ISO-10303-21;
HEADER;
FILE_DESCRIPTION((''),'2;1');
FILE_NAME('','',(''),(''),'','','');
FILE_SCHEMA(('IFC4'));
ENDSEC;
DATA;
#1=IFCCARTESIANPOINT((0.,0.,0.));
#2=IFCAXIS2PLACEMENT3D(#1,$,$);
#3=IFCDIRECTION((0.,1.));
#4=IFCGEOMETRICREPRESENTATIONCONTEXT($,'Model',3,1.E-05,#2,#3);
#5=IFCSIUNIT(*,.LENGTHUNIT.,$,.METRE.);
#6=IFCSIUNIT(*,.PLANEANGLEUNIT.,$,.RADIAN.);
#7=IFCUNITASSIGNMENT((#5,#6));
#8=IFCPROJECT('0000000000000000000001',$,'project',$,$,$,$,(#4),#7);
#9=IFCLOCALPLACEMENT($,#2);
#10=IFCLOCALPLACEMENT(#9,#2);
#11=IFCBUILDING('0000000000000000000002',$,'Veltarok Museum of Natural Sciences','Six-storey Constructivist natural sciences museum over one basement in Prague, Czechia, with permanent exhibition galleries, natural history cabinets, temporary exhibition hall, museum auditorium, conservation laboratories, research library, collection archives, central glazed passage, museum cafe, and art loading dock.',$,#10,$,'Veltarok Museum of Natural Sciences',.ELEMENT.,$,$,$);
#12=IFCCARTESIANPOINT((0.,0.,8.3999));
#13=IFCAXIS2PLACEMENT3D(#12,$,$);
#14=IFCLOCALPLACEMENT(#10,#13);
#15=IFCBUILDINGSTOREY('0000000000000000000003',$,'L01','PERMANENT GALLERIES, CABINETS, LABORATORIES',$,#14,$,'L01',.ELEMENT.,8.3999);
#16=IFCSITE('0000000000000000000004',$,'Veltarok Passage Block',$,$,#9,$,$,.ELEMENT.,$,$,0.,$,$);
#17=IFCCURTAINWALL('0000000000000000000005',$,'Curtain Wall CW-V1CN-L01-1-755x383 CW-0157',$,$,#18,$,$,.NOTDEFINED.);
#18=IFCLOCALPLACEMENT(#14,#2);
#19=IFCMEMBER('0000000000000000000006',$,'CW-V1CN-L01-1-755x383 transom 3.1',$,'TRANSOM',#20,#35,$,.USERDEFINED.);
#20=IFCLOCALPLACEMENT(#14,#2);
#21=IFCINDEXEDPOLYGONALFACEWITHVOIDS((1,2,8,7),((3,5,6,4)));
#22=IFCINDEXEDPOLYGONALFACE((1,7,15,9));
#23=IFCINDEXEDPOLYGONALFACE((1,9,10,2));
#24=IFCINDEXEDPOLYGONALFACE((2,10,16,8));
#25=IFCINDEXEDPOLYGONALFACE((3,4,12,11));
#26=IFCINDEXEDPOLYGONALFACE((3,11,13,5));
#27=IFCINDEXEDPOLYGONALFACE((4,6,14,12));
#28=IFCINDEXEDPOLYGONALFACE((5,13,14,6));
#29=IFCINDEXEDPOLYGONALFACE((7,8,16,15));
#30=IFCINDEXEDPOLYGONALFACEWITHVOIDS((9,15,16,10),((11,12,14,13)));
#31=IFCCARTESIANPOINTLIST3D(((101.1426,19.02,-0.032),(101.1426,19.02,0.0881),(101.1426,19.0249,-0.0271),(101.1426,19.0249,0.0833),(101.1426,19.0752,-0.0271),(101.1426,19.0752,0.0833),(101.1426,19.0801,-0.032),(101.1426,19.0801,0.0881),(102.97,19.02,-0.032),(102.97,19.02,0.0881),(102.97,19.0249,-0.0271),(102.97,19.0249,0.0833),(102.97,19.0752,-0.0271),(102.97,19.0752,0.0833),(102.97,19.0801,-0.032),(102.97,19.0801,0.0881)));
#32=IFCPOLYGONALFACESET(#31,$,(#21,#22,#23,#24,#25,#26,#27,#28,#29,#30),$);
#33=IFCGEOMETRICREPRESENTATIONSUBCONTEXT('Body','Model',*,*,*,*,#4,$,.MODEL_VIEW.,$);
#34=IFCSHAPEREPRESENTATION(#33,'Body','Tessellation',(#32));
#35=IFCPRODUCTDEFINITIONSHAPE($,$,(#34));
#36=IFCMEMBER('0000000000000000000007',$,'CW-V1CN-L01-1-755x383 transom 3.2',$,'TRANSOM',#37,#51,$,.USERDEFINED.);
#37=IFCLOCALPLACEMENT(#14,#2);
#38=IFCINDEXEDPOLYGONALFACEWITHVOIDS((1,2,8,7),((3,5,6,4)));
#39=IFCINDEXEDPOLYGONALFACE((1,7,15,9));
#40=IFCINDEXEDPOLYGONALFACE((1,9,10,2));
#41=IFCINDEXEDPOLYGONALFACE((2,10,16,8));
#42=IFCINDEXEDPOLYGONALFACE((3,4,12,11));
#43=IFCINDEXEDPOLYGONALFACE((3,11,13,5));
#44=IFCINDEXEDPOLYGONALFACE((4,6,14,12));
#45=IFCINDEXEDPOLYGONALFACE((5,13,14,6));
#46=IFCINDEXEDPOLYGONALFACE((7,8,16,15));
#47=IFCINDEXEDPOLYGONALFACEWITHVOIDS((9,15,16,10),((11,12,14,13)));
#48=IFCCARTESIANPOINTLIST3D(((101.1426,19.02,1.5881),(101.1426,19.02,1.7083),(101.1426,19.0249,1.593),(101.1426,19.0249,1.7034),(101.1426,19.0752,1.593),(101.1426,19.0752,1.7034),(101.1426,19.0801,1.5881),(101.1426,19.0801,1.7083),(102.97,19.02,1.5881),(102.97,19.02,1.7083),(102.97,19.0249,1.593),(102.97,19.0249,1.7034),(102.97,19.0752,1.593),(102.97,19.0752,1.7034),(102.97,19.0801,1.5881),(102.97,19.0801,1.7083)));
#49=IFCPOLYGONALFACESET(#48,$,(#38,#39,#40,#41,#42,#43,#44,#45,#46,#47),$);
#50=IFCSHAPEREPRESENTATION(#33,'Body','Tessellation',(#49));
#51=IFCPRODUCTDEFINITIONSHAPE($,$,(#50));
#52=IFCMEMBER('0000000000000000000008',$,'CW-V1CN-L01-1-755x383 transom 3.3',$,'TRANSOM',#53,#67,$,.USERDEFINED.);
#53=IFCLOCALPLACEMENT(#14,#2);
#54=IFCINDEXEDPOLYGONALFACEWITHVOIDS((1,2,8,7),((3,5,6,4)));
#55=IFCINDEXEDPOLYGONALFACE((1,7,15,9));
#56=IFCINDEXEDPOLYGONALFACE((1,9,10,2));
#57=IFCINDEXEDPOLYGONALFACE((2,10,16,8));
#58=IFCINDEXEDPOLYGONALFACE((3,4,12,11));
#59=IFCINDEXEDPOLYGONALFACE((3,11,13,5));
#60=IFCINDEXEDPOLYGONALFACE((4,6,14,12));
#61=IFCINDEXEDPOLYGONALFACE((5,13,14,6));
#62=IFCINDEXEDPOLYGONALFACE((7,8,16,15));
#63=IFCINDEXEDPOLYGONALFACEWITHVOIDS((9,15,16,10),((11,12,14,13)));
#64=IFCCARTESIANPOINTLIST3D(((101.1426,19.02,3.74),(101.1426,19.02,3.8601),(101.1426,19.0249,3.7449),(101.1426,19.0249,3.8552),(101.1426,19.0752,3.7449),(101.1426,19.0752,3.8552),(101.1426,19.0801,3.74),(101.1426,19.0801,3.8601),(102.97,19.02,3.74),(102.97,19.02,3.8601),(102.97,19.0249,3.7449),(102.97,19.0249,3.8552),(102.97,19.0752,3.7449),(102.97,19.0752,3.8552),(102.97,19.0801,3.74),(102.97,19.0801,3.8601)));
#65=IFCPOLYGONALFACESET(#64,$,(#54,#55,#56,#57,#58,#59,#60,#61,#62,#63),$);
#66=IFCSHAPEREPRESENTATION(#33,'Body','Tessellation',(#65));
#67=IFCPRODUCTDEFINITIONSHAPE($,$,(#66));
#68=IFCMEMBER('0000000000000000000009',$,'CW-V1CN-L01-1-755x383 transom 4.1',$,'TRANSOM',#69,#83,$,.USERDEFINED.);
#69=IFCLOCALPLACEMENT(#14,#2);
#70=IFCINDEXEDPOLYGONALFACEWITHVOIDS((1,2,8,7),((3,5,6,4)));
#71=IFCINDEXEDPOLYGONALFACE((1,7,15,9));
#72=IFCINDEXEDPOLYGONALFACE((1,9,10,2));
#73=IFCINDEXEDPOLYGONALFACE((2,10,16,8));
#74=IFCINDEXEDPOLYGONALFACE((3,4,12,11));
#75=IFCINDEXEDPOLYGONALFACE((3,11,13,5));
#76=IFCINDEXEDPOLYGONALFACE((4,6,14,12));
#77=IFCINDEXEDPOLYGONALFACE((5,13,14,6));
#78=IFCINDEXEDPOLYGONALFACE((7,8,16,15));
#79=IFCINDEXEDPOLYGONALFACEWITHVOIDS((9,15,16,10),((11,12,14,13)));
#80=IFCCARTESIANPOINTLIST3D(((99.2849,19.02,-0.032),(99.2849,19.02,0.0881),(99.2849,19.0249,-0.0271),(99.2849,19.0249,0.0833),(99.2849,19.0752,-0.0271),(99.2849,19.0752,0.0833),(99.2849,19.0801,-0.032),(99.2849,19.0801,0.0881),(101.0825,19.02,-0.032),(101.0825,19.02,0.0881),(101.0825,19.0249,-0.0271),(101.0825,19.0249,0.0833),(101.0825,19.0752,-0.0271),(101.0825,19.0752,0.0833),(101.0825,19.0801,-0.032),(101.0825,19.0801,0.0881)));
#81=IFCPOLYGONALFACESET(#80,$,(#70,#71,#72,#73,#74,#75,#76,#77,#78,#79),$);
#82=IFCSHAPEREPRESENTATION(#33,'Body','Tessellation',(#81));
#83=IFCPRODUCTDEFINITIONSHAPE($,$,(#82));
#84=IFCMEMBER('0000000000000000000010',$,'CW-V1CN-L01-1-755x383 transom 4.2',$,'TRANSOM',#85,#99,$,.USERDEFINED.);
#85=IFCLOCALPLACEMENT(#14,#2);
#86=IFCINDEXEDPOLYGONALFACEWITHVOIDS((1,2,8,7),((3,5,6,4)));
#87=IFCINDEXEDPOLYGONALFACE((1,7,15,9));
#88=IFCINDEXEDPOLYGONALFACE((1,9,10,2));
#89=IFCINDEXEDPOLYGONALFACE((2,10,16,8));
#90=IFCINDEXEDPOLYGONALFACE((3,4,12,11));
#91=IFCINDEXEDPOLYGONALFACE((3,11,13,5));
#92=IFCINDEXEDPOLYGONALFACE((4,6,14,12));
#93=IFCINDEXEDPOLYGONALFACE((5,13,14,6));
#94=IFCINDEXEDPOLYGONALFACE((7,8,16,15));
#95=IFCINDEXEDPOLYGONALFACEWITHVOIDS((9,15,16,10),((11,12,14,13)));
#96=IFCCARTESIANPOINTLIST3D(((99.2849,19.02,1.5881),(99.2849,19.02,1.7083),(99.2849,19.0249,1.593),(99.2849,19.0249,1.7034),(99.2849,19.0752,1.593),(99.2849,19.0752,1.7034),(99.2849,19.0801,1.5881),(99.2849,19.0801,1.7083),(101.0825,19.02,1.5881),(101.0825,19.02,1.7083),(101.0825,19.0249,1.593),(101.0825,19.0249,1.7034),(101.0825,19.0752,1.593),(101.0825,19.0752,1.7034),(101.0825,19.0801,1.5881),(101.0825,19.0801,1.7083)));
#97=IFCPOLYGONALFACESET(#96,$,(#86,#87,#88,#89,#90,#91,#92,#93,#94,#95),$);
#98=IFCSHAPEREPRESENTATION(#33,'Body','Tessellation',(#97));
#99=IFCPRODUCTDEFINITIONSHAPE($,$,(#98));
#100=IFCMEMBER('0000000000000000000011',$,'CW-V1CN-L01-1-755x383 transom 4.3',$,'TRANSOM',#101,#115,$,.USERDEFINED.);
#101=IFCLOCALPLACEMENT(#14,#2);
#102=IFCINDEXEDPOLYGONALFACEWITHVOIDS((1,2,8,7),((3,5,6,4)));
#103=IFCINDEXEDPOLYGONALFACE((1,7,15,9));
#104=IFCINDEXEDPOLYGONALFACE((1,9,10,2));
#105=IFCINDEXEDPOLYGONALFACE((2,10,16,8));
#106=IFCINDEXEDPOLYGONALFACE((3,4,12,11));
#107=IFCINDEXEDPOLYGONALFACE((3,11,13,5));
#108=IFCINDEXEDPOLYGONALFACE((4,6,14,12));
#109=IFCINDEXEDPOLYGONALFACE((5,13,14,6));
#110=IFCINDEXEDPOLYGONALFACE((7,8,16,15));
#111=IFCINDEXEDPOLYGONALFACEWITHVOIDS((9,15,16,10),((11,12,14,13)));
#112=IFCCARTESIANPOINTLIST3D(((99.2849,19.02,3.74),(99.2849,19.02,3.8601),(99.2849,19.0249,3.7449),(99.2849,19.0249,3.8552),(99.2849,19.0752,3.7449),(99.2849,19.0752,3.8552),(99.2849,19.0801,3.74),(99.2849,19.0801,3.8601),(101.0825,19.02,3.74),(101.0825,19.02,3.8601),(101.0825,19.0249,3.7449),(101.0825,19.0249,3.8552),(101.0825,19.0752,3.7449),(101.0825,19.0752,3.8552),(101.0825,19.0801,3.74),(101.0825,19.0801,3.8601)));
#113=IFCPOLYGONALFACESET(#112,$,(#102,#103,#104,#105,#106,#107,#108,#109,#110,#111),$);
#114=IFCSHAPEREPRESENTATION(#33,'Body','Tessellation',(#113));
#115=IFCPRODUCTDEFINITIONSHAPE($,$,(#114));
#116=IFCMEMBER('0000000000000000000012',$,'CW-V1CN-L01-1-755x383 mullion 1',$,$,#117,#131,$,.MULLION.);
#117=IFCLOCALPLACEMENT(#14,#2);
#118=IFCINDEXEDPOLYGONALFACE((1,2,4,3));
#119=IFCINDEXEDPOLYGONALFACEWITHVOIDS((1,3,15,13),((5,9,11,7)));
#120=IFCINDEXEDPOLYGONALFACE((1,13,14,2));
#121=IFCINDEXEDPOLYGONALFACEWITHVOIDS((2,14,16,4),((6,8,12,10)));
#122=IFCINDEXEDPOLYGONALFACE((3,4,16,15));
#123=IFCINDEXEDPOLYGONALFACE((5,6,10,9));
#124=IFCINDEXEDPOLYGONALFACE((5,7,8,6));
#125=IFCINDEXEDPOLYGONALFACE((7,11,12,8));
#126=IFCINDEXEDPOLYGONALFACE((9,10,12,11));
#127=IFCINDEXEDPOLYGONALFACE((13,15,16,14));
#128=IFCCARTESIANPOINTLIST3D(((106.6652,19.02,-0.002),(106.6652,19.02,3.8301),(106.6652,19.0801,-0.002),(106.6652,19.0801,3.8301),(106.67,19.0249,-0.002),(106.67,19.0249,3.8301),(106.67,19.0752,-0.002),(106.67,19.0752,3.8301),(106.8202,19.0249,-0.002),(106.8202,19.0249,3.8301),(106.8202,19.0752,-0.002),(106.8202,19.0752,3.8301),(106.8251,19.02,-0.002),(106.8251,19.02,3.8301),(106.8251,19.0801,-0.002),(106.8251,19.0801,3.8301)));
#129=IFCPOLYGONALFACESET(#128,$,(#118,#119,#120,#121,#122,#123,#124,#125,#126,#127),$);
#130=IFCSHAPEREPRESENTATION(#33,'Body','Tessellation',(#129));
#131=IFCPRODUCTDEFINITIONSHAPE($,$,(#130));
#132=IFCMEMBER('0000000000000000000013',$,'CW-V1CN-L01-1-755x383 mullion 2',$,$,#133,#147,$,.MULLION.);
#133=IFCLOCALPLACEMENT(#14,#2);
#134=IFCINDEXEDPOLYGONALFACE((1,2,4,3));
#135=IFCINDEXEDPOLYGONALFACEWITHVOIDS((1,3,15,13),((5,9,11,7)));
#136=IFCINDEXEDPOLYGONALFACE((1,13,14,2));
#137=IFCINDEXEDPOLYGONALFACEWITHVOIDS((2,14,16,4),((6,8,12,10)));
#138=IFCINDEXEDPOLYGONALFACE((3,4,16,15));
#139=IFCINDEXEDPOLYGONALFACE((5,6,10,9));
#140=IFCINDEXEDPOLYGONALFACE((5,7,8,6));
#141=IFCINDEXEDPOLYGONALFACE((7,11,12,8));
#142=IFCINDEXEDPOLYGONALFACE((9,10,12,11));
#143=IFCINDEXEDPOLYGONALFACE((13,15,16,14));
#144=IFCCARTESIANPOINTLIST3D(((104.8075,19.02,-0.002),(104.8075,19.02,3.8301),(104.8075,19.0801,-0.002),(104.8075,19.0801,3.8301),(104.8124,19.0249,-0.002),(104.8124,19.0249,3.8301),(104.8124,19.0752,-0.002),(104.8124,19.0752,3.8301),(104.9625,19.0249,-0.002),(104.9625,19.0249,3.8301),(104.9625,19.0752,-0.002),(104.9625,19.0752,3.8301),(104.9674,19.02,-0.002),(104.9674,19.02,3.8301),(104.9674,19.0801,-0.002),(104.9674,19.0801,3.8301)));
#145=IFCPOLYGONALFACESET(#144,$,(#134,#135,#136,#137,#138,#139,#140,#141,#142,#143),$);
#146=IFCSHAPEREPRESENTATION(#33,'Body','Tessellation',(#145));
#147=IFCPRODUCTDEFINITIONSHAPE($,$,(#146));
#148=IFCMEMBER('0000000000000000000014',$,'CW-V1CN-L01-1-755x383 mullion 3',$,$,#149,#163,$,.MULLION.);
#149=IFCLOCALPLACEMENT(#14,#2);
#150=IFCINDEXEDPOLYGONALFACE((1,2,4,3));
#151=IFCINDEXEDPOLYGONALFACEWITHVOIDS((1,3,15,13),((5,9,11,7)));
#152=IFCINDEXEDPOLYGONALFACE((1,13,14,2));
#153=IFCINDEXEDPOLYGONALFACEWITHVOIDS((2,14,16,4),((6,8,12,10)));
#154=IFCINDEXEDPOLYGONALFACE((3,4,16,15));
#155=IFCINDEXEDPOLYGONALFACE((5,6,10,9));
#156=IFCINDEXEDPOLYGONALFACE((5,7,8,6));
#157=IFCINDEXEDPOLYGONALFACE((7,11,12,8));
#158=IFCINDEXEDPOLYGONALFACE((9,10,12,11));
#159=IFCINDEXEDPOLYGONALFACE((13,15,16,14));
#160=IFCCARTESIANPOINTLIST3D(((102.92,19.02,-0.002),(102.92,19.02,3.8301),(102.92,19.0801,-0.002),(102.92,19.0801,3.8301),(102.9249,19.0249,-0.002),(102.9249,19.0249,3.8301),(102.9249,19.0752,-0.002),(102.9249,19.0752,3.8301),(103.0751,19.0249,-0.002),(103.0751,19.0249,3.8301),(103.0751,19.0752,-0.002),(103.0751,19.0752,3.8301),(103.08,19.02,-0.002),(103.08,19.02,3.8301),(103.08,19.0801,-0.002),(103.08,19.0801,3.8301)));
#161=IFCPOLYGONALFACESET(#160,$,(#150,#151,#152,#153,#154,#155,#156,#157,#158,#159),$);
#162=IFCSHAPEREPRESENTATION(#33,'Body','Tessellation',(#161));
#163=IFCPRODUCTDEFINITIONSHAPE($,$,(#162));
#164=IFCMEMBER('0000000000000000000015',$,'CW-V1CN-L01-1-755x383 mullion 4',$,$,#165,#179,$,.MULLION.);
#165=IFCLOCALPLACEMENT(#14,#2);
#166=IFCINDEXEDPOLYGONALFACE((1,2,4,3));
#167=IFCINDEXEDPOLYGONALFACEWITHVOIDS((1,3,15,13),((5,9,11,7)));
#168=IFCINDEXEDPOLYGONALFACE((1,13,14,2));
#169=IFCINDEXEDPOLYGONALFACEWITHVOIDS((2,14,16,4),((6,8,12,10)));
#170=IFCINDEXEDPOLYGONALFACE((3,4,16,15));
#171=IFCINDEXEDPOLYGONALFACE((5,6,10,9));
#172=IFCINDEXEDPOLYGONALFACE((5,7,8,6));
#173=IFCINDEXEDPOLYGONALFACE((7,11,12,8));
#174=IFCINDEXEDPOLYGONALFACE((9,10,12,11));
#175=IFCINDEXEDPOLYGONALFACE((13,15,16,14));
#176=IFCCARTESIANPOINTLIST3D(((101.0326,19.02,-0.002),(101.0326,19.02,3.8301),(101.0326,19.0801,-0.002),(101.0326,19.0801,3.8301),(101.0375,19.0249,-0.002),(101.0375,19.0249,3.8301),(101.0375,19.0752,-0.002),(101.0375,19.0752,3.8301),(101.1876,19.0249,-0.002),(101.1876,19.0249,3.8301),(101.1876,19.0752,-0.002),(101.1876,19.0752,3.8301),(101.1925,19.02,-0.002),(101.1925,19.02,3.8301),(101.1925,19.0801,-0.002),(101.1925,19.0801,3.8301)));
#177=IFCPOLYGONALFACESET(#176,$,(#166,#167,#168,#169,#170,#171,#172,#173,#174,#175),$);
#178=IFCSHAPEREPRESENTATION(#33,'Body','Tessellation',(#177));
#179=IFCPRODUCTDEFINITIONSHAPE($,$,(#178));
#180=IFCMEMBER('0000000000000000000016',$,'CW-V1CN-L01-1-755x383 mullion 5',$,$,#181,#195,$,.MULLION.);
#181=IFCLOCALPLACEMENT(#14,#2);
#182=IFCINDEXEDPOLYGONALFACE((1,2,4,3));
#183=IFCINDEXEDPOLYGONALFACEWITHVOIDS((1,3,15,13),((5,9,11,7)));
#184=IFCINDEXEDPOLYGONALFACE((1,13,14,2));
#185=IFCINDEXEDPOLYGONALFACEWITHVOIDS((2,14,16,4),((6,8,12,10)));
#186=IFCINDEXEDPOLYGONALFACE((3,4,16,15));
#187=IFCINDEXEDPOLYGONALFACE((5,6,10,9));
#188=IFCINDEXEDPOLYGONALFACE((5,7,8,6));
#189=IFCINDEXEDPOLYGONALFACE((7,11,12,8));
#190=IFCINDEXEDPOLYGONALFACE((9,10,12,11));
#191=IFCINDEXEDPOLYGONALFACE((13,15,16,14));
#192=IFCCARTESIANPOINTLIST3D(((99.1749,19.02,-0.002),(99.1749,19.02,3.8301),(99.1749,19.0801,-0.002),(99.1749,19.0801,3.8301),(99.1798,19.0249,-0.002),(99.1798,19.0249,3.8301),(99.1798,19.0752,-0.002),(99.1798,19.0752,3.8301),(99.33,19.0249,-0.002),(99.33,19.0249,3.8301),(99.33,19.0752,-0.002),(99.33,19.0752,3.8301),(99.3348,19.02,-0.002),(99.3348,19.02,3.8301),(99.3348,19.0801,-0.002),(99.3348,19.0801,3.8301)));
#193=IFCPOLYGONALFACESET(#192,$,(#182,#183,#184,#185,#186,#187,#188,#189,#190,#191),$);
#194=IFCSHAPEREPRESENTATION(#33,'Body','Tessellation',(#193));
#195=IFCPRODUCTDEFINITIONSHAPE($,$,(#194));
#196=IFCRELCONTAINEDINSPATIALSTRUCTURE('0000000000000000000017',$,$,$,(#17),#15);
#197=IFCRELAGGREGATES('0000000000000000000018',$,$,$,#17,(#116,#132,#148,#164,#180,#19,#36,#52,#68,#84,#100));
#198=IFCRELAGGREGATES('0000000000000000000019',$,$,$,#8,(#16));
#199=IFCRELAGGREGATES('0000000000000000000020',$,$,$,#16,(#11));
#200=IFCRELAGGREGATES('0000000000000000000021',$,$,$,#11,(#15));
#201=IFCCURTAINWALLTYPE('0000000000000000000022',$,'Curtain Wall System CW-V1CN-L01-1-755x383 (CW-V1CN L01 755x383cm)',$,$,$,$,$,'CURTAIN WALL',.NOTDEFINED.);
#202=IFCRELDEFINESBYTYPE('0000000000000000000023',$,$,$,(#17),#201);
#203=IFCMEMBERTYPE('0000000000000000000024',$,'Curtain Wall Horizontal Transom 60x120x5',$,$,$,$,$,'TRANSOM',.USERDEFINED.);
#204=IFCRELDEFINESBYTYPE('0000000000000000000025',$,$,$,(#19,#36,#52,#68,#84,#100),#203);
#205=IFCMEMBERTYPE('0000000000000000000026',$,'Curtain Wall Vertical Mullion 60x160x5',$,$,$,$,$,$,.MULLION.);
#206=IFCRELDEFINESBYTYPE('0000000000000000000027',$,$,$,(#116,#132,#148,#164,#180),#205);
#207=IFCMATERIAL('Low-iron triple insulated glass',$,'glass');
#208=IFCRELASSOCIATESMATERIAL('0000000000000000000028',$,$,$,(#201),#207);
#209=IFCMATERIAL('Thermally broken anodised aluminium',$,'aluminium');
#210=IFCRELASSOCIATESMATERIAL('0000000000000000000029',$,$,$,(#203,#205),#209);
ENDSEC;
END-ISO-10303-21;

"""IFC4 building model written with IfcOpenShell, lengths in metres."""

from ifc_helpers import new_model, si_unit, direction, frame, origin, origin_2d, place, context, subcontext, project, spatial, hollow_rectangle, extrude, material, material_profile, profile_set, type_object, element, aggregate, save


model = new_model("IFC4")

# Units and contexts
model_context = context("Model", 3, precision=1e-05, world=origin(), true_north=direction((0.0, 1.0)))
body_context = subcontext(model_context, "Body", "Model", "MODEL_VIEW")
ifc_project = project(units=[si_unit("LENGTHUNIT", "METRE"), si_unit("PLANEANGLEUNIT", "RADIAN")], contexts=[model_context])

# Site, building, storey
site_placement = place(None, origin())
site = spatial("IfcSite", under=ifc_project, at=site_placement, Name="Veltarok Passage Block", CompositionType="ELEMENT", RefElevation=0.0)
building_placement = place(site_placement, origin())
building = spatial("IfcBuilding", under=site, at=building_placement, Name="Veltarok Museum of Natural Sciences", Description="Six-storey Constructivist natural sciences museum over one basement in Prague, Czechia, with permanent exhibition galleries, natural history cabinets, temporary exhibition hall, museum auditorium, conservation laboratories, research library, collection archives, central glazed passage, museum cafe, and art loading dock.", LongName="Veltarok Museum of Natural Sciences", CompositionType="ELEMENT")
storey_placement = place(building_placement, frame((0.0, 0.0, 8.3999)))
storey = spatial("IfcBuildingStorey", under=building, at=storey_placement, Name="L01", Description="PERMANENT GALLERIES, CABINETS, LABORATORIES", LongName="L01", CompositionType="ELEMENT", Elevation=8.3999)

# Curtain wall, members
ifc_material_1 = material(Name="Low-iron triple insulated glass", Category="glass")
curtain_wall_type = type_object("IfcCurtainWallType", Name="Curtain Wall System CW-V1CN-L01-1-755x383 (CW-V1CN L01 755x383cm)", ElementType="CURTAIN WALL", PredefinedType="NOTDEFINED", material=ifc_material_1)
curtain_wall_placement = place(storey_placement, origin())
curtain_wall = element("IfcCurtainWall", 1, at=curtain_wall_placement, inside=storey, type_object=curtain_wall_type, Name="Curtain Wall CW-V1CN-L01-1-755x383 CW-0157", PredefinedType="NOTDEFINED")
ifc_material_2 = material(Name="Thermally broken anodised aluminium", Category="aluminium")
ifc_material_profile_1 = material_profile(ifc_material_2, hollow_rectangle(XDim=0.0601, YDim=0.1201, WallThickness=0.0049, at=origin_2d()), Name="CW TRANSOM 60x120x5")
ifc_profile_set_1 = profile_set([ifc_material_profile_1], Name="Thermally broken anodised aluminium")
member_type_1 = type_object("IfcMemberType", Name="Curtain Wall Horizontal Transom 60x120x5", ElementType="TRANSOM", PredefinedType="USERDEFINED", material=ifc_profile_set_1)
member_1_placement = place(storey_placement, frame((102.97, 19.05, 0.0281), z_axis=(-1.0, 0.0, 0.0), x_axis=(0.0, -1.0, 0.0)))
member_1 = element("IfcMember", 2, at=member_1_placement, type_object=member_type_1, Name="CW-V1CN-L01-1-755x383 transom 3.1", ObjectType="TRANSOM", PredefinedType="USERDEFINED", context=body_context, shape_type="SweptSolid", body=[
    extrude(hollow_rectangle(XDim=0.0601, YDim=0.1201, WallThickness=0.0049, at=origin_2d()), origin(), (0.0, 0.0, 1.0), 1.8274),
])
member_2_placement = place(storey_placement, frame((102.97, 19.05, 1.6482), z_axis=(-1.0, 0.0, 0.0), x_axis=(0.0, -1.0, 0.0)))
member_2 = element("IfcMember", 3, at=member_2_placement, type_object=member_type_1, Name="CW-V1CN-L01-1-755x383 transom 3.2", ObjectType="TRANSOM", PredefinedType="USERDEFINED", context=body_context, shape_type="SweptSolid", body=[
    extrude(hollow_rectangle(XDim=0.0601, YDim=0.1201, WallThickness=0.0049, at=origin_2d()), origin(), (0.0, 0.0, 1.0), 1.8274),
])
member_3_placement = place(storey_placement, frame((102.97, 19.05, 3.8), z_axis=(-1.0, 0.0, 0.0), x_axis=(0.0, -1.0, 0.0)))
member_3 = element("IfcMember", 4, at=member_3_placement, type_object=member_type_1, Name="CW-V1CN-L01-1-755x383 transom 3.3", ObjectType="TRANSOM", PredefinedType="USERDEFINED", context=body_context, shape_type="SweptSolid", body=[
    extrude(hollow_rectangle(XDim=0.0601, YDim=0.1201, WallThickness=0.0049, at=origin_2d()), origin(), (0.0, 0.0, 1.0), 1.8274),
])
member_4_placement = place(storey_placement, frame((101.0825, 19.05, 0.0281), z_axis=(-1.0, 0.0, 0.0), x_axis=(0.0, -1.0, 0.0)))
member_4 = element("IfcMember", 5, at=member_4_placement, type_object=member_type_1, Name="CW-V1CN-L01-1-755x383 transom 4.1", ObjectType="TRANSOM", PredefinedType="USERDEFINED", context=body_context, shape_type="SweptSolid", body=[
    extrude(hollow_rectangle(XDim=0.0601, YDim=0.1201, WallThickness=0.0049, at=origin_2d()), origin(), (0.0, 0.0, 1.0), 1.7976),
])
member_5_placement = place(storey_placement, frame((101.0825, 19.05, 1.6482), z_axis=(-1.0, 0.0, 0.0), x_axis=(0.0, -1.0, 0.0)))
member_5 = element("IfcMember", 6, at=member_5_placement, type_object=member_type_1, Name="CW-V1CN-L01-1-755x383 transom 4.2", ObjectType="TRANSOM", PredefinedType="USERDEFINED", context=body_context, shape_type="SweptSolid", body=[
    extrude(hollow_rectangle(XDim=0.0601, YDim=0.1201, WallThickness=0.0049, at=origin_2d()), origin(), (0.0, 0.0, 1.0), 1.7976),
])
member_6_placement = place(storey_placement, frame((101.0825, 19.05, 3.8), z_axis=(-1.0, 0.0, 0.0), x_axis=(0.0, -1.0, 0.0)))
member_6 = element("IfcMember", 7, at=member_6_placement, type_object=member_type_1, Name="CW-V1CN-L01-1-755x383 transom 4.3", ObjectType="TRANSOM", PredefinedType="USERDEFINED", context=body_context, shape_type="SweptSolid", body=[
    extrude(hollow_rectangle(XDim=0.0601, YDim=0.1201, WallThickness=0.0049, at=origin_2d()), origin(), (0.0, 0.0, 1.0), 1.7976),
])
ifc_material_profile_2 = material_profile(ifc_material_2, hollow_rectangle(XDim=0.0601, YDim=0.1599, WallThickness=0.0049, at=origin_2d()), Name="CW MULLION 60x160x5")
ifc_profile_set_2 = profile_set([ifc_material_profile_2], Name="Thermally broken anodised aluminium")
member_type_2 = type_object("IfcMemberType", Name="Curtain Wall Vertical Mullion 60x160x5", PredefinedType="MULLION", material=ifc_profile_set_2)
member_7_placement = place(storey_placement, frame((106.7451, 19.05, -0.002), z_axis=(0.0, 0.0, 1.0), x_axis=(0.0, -1.0, 0.0)))
member_7 = element("IfcMember", 8, at=member_7_placement, type_object=member_type_2, Name="CW-V1CN-L01-1-755x383 mullion 1", PredefinedType="MULLION", context=body_context, shape_type="SweptSolid", body=[
    extrude(hollow_rectangle(XDim=0.0601, YDim=0.1599, WallThickness=0.0049, at=origin_2d()), origin(), (0.0, 0.0, 1.0), 3.832),
])
member_8_placement = place(storey_placement, frame((104.8875, 19.05, -0.002), z_axis=(0.0, 0.0, 1.0), x_axis=(0.0, -1.0, 0.0)))
member_8 = element("IfcMember", 9, at=member_8_placement, type_object=member_type_2, Name="CW-V1CN-L01-1-755x383 mullion 2", PredefinedType="MULLION", context=body_context, shape_type="SweptSolid", body=[
    extrude(hollow_rectangle(XDim=0.0601, YDim=0.1599, WallThickness=0.0049, at=origin_2d()), origin(), (0.0, 0.0, 1.0), 3.832),
])
member_9_placement = place(storey_placement, frame((103.0, 19.05, -0.002), z_axis=(0.0, 0.0, 1.0), x_axis=(0.0, -1.0, 0.0)))
member_9 = element("IfcMember", 10, at=member_9_placement, type_object=member_type_2, Name="CW-V1CN-L01-1-755x383 mullion 3", PredefinedType="MULLION", context=body_context, shape_type="SweptSolid", body=[
    extrude(hollow_rectangle(XDim=0.0601, YDim=0.1599, WallThickness=0.0049, at=origin_2d()), origin(), (0.0, 0.0, 1.0), 3.832),
])
member_10_placement = place(storey_placement, frame((101.1125, 19.05, -0.002), z_axis=(0.0, 0.0, 1.0), x_axis=(0.0, -1.0, 0.0)))
member_10 = element("IfcMember", 11, at=member_10_placement, type_object=member_type_2, Name="CW-V1CN-L01-1-755x383 mullion 4", PredefinedType="MULLION", context=body_context, shape_type="SweptSolid", body=[
    extrude(hollow_rectangle(XDim=0.0601, YDim=0.1599, WallThickness=0.0049, at=origin_2d()), origin(), (0.0, 0.0, 1.0), 3.832),
])
member_11_placement = place(storey_placement, frame((99.2549, 19.05, -0.002), z_axis=(0.0, 0.0, 1.0), x_axis=(0.0, -1.0, 0.0)))
member_11 = element("IfcMember", 12, at=member_11_placement, type_object=member_type_2, Name="CW-V1CN-L01-1-755x383 mullion 5", PredefinedType="MULLION", context=body_context, shape_type="SweptSolid", body=[
    extrude(hollow_rectangle(XDim=0.0601, YDim=0.1599, WallThickness=0.0049, at=origin_2d()), origin(), (0.0, 0.0, 1.0), 3.832),
])

aggregate(curtain_wall, [member_7, member_8, member_9, member_10, member_11, member_1, member_2, member_3, member_4, member_5, member_6])

save(model, "model.ifc")
